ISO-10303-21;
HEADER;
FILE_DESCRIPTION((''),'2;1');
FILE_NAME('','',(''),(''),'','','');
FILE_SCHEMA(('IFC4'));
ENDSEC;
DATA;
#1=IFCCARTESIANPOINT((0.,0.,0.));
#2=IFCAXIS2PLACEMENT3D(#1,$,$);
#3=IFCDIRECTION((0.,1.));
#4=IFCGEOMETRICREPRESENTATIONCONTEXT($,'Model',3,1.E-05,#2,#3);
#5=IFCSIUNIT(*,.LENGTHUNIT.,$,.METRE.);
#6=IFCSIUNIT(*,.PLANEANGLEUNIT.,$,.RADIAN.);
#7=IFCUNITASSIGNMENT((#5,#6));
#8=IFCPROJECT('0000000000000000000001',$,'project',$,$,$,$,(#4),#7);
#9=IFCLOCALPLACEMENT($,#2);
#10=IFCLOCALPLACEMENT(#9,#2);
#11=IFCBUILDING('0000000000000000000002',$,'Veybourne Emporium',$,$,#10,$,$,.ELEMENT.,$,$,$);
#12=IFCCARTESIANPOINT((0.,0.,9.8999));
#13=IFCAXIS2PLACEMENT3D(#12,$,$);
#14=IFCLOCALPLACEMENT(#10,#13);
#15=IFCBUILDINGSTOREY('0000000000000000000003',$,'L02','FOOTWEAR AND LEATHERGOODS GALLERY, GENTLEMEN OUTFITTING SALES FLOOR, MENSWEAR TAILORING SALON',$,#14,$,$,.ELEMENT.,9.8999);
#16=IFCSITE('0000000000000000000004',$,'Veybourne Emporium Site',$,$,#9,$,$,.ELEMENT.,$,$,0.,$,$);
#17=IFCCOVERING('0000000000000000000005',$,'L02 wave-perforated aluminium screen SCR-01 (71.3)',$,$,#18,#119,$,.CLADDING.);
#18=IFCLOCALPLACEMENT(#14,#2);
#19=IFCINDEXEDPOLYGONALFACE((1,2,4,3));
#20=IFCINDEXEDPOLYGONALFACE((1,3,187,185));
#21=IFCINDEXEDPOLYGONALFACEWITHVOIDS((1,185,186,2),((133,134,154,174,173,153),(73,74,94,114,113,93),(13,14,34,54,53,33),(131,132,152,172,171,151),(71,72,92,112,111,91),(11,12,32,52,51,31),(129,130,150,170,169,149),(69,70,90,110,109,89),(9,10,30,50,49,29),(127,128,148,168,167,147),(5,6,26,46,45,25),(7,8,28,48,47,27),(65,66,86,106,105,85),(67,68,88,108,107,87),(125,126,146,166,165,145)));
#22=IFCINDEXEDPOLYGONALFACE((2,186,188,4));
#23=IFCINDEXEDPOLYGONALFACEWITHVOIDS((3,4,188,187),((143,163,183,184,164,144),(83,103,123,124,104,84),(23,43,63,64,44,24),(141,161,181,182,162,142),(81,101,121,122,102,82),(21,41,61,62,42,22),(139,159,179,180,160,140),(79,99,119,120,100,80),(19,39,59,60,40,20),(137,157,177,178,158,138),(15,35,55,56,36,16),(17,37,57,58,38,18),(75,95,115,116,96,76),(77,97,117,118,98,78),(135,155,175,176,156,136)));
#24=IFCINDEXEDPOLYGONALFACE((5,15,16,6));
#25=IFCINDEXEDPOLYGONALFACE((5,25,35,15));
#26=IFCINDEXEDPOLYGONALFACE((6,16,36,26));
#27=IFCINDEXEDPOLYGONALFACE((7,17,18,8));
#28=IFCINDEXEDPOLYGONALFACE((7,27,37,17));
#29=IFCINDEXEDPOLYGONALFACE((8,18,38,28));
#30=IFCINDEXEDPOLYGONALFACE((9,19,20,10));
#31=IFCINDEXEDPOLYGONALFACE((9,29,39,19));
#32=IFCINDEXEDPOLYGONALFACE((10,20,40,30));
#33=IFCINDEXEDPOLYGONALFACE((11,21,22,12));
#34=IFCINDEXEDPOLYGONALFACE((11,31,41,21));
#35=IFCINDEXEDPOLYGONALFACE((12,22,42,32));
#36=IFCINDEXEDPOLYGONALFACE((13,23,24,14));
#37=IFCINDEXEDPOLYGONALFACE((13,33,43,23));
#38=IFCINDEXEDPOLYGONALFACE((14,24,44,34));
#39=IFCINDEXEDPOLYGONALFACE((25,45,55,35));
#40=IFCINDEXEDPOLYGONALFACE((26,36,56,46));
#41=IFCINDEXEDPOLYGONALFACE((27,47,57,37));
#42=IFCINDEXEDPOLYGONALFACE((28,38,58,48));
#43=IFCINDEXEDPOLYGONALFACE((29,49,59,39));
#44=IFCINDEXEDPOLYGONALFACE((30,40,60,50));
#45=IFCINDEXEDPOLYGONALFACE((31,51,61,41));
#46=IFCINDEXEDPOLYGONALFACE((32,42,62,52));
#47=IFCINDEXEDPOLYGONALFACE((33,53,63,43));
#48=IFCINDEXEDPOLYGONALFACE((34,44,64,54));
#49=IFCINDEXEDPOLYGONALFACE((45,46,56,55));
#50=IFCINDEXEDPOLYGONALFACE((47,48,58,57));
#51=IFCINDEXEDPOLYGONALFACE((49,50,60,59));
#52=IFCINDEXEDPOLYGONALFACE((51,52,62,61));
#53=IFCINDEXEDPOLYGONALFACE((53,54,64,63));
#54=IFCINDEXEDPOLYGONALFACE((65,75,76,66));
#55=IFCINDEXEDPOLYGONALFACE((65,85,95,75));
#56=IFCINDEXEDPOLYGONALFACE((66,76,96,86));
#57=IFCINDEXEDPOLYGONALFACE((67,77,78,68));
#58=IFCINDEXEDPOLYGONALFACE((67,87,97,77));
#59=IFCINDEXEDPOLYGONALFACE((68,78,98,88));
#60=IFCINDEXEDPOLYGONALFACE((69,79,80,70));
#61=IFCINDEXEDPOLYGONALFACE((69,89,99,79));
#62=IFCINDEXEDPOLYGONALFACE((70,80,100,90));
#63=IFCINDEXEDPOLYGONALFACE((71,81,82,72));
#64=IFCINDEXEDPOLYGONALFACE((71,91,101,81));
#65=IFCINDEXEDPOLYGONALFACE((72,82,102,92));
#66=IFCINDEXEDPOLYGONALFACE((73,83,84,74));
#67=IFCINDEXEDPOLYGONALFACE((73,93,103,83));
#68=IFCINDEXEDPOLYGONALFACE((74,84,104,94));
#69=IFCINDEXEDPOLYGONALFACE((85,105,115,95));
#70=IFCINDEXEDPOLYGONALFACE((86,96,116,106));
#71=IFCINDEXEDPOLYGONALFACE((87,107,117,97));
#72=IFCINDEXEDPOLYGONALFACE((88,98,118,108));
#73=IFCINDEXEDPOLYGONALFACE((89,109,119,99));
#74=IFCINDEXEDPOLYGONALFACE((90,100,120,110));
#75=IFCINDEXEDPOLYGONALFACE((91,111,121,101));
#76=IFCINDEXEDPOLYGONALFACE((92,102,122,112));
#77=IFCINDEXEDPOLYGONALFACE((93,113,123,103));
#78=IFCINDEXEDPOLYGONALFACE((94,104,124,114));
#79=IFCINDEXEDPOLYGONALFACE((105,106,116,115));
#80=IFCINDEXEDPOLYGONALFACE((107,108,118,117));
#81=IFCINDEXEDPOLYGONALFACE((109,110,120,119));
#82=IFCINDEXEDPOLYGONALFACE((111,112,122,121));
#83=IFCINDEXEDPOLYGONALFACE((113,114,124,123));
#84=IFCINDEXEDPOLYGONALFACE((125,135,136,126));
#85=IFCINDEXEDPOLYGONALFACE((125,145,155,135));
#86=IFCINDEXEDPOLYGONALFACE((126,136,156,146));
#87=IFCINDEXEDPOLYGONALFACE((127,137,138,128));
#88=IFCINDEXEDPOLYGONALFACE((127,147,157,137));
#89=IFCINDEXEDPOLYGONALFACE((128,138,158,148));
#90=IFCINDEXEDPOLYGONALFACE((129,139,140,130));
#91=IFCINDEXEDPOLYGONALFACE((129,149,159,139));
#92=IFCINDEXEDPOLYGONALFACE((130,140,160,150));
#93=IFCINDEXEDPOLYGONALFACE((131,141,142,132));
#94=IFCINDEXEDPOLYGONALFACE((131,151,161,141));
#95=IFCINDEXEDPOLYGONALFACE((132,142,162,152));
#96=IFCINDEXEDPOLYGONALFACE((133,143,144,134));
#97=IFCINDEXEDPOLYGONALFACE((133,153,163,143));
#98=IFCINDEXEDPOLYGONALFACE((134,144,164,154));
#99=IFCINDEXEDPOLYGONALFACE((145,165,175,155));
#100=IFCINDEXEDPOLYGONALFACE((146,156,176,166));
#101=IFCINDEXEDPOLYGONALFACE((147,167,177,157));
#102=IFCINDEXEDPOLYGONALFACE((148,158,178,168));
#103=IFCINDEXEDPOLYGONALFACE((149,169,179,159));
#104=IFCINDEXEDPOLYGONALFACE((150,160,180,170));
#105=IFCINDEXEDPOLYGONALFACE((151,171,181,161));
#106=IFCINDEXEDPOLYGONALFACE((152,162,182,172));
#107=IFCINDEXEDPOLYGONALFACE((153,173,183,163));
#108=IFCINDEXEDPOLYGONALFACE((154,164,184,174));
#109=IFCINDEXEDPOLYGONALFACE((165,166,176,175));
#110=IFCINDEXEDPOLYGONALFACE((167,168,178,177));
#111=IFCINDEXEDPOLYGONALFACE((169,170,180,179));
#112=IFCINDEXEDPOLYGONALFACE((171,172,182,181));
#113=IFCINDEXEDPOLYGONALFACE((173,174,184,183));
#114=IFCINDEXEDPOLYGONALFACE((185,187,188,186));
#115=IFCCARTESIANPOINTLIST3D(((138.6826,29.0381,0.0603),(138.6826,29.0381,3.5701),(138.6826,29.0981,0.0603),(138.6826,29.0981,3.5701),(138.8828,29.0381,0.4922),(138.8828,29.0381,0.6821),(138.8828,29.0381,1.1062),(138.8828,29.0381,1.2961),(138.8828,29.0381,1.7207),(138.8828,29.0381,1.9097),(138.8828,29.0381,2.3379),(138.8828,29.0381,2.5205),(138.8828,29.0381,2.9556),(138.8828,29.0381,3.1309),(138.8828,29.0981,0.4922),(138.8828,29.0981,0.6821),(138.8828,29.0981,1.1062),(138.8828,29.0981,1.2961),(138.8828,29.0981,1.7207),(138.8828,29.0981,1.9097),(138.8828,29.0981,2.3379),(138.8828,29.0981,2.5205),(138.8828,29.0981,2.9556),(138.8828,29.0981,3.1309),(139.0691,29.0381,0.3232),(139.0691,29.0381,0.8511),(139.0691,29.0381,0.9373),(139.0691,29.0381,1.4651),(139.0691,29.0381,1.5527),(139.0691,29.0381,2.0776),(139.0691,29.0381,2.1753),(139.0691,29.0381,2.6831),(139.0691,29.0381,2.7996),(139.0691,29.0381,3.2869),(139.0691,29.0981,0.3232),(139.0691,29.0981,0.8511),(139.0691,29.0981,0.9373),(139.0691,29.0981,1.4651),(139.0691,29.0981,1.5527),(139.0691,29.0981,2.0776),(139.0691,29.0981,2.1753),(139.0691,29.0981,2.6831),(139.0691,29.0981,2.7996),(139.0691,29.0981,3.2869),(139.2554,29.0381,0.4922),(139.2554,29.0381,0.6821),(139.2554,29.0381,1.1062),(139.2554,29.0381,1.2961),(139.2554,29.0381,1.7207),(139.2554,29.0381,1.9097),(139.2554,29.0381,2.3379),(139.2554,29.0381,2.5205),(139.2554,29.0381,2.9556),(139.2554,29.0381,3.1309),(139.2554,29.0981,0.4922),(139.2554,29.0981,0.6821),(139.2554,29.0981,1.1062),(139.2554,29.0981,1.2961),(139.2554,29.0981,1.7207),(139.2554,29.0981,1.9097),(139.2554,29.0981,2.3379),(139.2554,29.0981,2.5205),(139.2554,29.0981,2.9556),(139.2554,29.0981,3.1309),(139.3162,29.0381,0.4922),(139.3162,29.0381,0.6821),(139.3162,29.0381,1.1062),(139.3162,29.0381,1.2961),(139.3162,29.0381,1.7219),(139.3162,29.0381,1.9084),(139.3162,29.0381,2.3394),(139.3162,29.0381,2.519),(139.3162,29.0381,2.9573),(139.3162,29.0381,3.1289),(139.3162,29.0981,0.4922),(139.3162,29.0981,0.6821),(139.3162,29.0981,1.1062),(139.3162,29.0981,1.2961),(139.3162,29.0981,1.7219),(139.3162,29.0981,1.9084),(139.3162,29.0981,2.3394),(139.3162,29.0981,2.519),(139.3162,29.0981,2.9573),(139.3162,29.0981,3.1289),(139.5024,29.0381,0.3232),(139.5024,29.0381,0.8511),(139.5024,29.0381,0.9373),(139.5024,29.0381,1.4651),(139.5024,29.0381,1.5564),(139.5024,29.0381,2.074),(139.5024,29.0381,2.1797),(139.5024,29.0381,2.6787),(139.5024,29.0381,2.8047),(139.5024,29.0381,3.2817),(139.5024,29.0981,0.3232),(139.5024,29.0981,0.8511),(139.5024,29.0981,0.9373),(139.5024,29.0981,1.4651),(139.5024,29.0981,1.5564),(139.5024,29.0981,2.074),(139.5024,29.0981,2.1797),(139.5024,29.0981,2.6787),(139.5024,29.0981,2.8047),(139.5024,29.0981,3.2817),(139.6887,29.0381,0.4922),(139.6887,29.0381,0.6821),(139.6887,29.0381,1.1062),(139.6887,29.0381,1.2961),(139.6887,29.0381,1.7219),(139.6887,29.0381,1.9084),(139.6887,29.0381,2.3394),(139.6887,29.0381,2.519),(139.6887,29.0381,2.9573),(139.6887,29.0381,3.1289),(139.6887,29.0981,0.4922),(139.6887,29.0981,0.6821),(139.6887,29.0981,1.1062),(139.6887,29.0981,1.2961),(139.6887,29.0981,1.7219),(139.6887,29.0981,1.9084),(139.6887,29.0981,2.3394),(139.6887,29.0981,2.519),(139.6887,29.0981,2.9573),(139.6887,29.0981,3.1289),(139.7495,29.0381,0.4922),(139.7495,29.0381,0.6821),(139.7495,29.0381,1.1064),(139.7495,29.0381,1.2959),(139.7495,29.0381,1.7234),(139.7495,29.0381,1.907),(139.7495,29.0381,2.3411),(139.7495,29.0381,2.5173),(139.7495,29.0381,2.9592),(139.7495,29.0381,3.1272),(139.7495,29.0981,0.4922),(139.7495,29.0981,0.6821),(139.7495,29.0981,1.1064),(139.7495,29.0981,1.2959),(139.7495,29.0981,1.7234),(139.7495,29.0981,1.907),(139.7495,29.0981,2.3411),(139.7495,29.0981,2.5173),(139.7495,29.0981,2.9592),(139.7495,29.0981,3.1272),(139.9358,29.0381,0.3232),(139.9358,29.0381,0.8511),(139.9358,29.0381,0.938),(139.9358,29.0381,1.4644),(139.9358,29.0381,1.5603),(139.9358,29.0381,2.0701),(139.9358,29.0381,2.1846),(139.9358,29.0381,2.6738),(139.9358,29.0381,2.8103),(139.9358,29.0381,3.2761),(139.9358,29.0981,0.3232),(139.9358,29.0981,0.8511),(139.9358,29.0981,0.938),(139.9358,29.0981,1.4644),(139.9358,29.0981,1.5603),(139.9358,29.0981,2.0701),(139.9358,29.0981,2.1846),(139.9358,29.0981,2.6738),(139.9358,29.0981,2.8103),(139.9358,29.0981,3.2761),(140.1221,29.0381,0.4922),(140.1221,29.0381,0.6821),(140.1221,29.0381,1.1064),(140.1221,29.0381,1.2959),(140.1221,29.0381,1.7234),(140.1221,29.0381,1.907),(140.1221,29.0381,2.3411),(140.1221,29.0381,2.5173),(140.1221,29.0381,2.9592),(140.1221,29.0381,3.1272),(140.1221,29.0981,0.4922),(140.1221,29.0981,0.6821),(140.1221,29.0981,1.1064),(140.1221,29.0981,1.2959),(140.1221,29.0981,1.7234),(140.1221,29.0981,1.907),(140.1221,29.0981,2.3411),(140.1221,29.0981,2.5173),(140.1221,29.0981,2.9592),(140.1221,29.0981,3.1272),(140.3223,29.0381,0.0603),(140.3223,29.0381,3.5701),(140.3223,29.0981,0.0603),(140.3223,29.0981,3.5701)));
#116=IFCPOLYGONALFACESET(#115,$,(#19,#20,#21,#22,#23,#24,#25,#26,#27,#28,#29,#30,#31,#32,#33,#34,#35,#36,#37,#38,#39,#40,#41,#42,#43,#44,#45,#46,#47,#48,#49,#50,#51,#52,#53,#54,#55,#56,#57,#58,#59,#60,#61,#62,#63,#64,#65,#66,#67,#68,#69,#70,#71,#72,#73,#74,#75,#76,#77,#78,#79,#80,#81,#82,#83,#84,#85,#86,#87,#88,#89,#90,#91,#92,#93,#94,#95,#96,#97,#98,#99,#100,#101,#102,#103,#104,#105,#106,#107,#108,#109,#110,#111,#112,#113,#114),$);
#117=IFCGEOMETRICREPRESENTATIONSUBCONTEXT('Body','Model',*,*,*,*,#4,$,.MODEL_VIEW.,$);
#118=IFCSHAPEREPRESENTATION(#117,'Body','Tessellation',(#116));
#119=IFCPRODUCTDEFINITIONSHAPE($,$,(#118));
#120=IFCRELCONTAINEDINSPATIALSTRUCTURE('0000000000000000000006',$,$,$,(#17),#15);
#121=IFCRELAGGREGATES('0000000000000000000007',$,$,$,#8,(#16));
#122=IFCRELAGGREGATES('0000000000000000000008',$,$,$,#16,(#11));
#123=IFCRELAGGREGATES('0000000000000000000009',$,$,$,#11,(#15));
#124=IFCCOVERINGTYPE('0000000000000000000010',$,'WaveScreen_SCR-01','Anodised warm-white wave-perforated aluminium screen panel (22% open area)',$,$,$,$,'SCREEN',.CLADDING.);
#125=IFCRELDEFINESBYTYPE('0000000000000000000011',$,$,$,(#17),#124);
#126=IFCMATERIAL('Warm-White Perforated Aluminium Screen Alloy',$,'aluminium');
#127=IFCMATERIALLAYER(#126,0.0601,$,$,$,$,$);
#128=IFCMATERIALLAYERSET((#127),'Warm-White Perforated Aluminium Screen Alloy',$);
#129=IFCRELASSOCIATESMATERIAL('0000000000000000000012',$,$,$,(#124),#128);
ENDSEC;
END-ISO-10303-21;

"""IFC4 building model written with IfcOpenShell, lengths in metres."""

from ifc_helpers import new_model, si_unit, direction, frame, origin, place, context, subcontext, project, spatial, polyline, outline, extrude, material, layer, layer_set, type_object, element, save


model = new_model("IFC4")

# Units and contexts
model_context = context("Model", 3, precision=1e-05, world=origin(), true_north=direction((0.0, 1.0)))
body_context = subcontext(model_context, "Body", "Model", "MODEL_VIEW")
ifc_project = project(units=[si_unit("LENGTHUNIT", "METRE"), si_unit("PLANEANGLEUNIT", "RADIAN")], contexts=[model_context])

# Site, building, storey
site_placement = place(None, origin())
site = spatial("IfcSite", under=ifc_project, at=site_placement, Name="Veybourne Emporium Site", CompositionType="ELEMENT", RefElevation=0.0)
building_placement = place(site_placement, origin())
building = spatial("IfcBuilding", under=site, at=building_placement, Name="Veybourne Emporium", CompositionType="ELEMENT")
storey_placement = place(building_placement, frame((0.0, 0.0, 9.8999)))
storey = spatial("IfcBuildingStorey", under=building, at=storey_placement, Name="L02", Description="FOOTWEAR AND LEATHERGOODS GALLERY, GENTLEMEN OUTFITTING SALES FLOOR, MENSWEAR TAILORING SALON", CompositionType="ELEMENT", Elevation=9.8999)

# Covering
ifc_material_1 = material(Name="Warm-White Perforated Aluminium Screen Alloy", Category="aluminium")
ifc_layer_1 = layer(ifc_material_1, 0.0601)
ifc_layer_set_1 = layer_set([ifc_layer_1], Name="Warm-White Perforated Aluminium Screen Alloy")
covering_type_1 = type_object("IfcCoveringType", Name="WaveScreen_SCR-01", Description="Anodised warm-white wave-perforated aluminium screen panel (22% open area)", ElementType="SCREEN", PredefinedType="CLADDING", material=ifc_layer_set_1)
covering_1_placement = place(storey_placement, frame((139.5024, 29.0981, 1.8152), z_axis=(0.0, -1.0, 0.0), x_axis=(1.0, 0.0, 0.0)))
element("IfcCovering", 1, at=covering_1_placement, inside=storey, type_object=covering_type_1, Name="L02 wave-perforated aluminium screen SCR-01 (71.3)", PredefinedType="CLADDING", context=body_context, shape_type="SweptSolid", body=[
    extrude(outline(polyline([(-0.8198, -1.7549), (0.8198, -1.7549), (0.8198, 1.7549), (-0.8198, 1.7549), (-0.8198, -1.7549)]), holes=[polyline([(-0.4333, -0.9641), (-0.2471, -1.1331), (-0.2471, -1.323), (-0.4333, -1.4919), (-0.6196, -1.323), (-0.6196, -1.1331), (-0.4333, -0.9641)]), polyline([(-0.4333, -0.3501), (-0.2471, -0.519), (-0.2471, -0.709), (-0.4333, -0.8779), (-0.6196, -0.709), (-0.6196, -0.519), (-0.4333, -0.3501)]), polyline([(-0.4333, 0.2625), (-0.2471, 0.0945), (-0.2471, -0.0945), (-0.4333, -0.2625), (-0.6196, -0.0945), (-0.6196, 0.0945), (-0.4333, 0.2625)]), polyline([(-0.4333, 0.8679), (-0.2471, 0.7053), (-0.2471, 0.5227), (-0.4333, 0.3601), (-0.6196, 0.5227), (-0.6196, 0.7053), (-0.4333, 0.8679)]), polyline([(-0.4333, 1.4717), (-0.2471, 1.3157), (-0.2471, 1.1404), (-0.4333, 0.9844), (-0.6196, 1.1404), (-0.6196, 1.3157), (-0.4333, 1.4717)]), polyline([(0.0, -0.9641), (0.1863, -1.1331), (0.1863, -1.323), (0.0, -1.4919), (-0.1863, -1.323), (-0.1863, -1.1331), (0.0, -0.9641)]), polyline([(0.0, -0.3501), (0.1863, -0.519), (0.1863, -0.709), (0.0, -0.8779), (-0.1863, -0.709), (-0.1863, -0.519), (0.0, -0.3501)]), polyline([(0.0, 0.2588), (0.1863, 0.0933), (0.1863, -0.0933), (0.0, -0.2588), (-0.1863, -0.0933), (-0.1863, 0.0933), (0.0, 0.2588)]), polyline([(0.0, 0.8635), (0.1863, 0.7039), (0.1863, 0.5242), (0.0, 0.3645), (-0.1863, 0.5242), (-0.1863, 0.7039), (0.0, 0.8635)]), polyline([(0.0, 1.4666), (0.1863, 1.3137), (0.1863, 1.1421), (0.0, 0.9895), (-0.1863, 1.1421), (-0.1863, 1.3137), (0.0, 1.4666)]), polyline([(0.4333, -0.9641), (0.6196, -1.1331), (0.6196, -1.323), (0.4333, -1.4919), (0.2471, -1.323), (0.2471, -1.1331), (0.4333, -0.9641)]), polyline([(0.4333, -0.3508), (0.6196, -0.5193), (0.6196, -0.7087), (0.4333, -0.8772), (0.2471, -0.7087), (0.2471, -0.5193), (0.4333, -0.3508)]), polyline([(0.4333, 0.2549), (0.6196, 0.0918), (0.6196, -0.0918), (0.4333, -0.2549), (0.2471, -0.0918), (0.2471, 0.0918), (0.4333, 0.2549)]), polyline([(0.4333, 0.8586), (0.6196, 0.7021), (0.6196, 0.5259), (0.4333, 0.3694), (0.2471, 0.5259), (0.2471, 0.7021), (0.4333, 0.8586)]), polyline([(0.4333, 1.4609), (0.6196, 1.312), (0.6196, 1.144), (0.4333, 0.9951), (0.2471, 1.144), (0.2471, 1.312), (0.4333, 1.4609)])]), origin(), (0.0, 0.0, 1.0), 0.0601),
])

save(model, "model.ifc")
